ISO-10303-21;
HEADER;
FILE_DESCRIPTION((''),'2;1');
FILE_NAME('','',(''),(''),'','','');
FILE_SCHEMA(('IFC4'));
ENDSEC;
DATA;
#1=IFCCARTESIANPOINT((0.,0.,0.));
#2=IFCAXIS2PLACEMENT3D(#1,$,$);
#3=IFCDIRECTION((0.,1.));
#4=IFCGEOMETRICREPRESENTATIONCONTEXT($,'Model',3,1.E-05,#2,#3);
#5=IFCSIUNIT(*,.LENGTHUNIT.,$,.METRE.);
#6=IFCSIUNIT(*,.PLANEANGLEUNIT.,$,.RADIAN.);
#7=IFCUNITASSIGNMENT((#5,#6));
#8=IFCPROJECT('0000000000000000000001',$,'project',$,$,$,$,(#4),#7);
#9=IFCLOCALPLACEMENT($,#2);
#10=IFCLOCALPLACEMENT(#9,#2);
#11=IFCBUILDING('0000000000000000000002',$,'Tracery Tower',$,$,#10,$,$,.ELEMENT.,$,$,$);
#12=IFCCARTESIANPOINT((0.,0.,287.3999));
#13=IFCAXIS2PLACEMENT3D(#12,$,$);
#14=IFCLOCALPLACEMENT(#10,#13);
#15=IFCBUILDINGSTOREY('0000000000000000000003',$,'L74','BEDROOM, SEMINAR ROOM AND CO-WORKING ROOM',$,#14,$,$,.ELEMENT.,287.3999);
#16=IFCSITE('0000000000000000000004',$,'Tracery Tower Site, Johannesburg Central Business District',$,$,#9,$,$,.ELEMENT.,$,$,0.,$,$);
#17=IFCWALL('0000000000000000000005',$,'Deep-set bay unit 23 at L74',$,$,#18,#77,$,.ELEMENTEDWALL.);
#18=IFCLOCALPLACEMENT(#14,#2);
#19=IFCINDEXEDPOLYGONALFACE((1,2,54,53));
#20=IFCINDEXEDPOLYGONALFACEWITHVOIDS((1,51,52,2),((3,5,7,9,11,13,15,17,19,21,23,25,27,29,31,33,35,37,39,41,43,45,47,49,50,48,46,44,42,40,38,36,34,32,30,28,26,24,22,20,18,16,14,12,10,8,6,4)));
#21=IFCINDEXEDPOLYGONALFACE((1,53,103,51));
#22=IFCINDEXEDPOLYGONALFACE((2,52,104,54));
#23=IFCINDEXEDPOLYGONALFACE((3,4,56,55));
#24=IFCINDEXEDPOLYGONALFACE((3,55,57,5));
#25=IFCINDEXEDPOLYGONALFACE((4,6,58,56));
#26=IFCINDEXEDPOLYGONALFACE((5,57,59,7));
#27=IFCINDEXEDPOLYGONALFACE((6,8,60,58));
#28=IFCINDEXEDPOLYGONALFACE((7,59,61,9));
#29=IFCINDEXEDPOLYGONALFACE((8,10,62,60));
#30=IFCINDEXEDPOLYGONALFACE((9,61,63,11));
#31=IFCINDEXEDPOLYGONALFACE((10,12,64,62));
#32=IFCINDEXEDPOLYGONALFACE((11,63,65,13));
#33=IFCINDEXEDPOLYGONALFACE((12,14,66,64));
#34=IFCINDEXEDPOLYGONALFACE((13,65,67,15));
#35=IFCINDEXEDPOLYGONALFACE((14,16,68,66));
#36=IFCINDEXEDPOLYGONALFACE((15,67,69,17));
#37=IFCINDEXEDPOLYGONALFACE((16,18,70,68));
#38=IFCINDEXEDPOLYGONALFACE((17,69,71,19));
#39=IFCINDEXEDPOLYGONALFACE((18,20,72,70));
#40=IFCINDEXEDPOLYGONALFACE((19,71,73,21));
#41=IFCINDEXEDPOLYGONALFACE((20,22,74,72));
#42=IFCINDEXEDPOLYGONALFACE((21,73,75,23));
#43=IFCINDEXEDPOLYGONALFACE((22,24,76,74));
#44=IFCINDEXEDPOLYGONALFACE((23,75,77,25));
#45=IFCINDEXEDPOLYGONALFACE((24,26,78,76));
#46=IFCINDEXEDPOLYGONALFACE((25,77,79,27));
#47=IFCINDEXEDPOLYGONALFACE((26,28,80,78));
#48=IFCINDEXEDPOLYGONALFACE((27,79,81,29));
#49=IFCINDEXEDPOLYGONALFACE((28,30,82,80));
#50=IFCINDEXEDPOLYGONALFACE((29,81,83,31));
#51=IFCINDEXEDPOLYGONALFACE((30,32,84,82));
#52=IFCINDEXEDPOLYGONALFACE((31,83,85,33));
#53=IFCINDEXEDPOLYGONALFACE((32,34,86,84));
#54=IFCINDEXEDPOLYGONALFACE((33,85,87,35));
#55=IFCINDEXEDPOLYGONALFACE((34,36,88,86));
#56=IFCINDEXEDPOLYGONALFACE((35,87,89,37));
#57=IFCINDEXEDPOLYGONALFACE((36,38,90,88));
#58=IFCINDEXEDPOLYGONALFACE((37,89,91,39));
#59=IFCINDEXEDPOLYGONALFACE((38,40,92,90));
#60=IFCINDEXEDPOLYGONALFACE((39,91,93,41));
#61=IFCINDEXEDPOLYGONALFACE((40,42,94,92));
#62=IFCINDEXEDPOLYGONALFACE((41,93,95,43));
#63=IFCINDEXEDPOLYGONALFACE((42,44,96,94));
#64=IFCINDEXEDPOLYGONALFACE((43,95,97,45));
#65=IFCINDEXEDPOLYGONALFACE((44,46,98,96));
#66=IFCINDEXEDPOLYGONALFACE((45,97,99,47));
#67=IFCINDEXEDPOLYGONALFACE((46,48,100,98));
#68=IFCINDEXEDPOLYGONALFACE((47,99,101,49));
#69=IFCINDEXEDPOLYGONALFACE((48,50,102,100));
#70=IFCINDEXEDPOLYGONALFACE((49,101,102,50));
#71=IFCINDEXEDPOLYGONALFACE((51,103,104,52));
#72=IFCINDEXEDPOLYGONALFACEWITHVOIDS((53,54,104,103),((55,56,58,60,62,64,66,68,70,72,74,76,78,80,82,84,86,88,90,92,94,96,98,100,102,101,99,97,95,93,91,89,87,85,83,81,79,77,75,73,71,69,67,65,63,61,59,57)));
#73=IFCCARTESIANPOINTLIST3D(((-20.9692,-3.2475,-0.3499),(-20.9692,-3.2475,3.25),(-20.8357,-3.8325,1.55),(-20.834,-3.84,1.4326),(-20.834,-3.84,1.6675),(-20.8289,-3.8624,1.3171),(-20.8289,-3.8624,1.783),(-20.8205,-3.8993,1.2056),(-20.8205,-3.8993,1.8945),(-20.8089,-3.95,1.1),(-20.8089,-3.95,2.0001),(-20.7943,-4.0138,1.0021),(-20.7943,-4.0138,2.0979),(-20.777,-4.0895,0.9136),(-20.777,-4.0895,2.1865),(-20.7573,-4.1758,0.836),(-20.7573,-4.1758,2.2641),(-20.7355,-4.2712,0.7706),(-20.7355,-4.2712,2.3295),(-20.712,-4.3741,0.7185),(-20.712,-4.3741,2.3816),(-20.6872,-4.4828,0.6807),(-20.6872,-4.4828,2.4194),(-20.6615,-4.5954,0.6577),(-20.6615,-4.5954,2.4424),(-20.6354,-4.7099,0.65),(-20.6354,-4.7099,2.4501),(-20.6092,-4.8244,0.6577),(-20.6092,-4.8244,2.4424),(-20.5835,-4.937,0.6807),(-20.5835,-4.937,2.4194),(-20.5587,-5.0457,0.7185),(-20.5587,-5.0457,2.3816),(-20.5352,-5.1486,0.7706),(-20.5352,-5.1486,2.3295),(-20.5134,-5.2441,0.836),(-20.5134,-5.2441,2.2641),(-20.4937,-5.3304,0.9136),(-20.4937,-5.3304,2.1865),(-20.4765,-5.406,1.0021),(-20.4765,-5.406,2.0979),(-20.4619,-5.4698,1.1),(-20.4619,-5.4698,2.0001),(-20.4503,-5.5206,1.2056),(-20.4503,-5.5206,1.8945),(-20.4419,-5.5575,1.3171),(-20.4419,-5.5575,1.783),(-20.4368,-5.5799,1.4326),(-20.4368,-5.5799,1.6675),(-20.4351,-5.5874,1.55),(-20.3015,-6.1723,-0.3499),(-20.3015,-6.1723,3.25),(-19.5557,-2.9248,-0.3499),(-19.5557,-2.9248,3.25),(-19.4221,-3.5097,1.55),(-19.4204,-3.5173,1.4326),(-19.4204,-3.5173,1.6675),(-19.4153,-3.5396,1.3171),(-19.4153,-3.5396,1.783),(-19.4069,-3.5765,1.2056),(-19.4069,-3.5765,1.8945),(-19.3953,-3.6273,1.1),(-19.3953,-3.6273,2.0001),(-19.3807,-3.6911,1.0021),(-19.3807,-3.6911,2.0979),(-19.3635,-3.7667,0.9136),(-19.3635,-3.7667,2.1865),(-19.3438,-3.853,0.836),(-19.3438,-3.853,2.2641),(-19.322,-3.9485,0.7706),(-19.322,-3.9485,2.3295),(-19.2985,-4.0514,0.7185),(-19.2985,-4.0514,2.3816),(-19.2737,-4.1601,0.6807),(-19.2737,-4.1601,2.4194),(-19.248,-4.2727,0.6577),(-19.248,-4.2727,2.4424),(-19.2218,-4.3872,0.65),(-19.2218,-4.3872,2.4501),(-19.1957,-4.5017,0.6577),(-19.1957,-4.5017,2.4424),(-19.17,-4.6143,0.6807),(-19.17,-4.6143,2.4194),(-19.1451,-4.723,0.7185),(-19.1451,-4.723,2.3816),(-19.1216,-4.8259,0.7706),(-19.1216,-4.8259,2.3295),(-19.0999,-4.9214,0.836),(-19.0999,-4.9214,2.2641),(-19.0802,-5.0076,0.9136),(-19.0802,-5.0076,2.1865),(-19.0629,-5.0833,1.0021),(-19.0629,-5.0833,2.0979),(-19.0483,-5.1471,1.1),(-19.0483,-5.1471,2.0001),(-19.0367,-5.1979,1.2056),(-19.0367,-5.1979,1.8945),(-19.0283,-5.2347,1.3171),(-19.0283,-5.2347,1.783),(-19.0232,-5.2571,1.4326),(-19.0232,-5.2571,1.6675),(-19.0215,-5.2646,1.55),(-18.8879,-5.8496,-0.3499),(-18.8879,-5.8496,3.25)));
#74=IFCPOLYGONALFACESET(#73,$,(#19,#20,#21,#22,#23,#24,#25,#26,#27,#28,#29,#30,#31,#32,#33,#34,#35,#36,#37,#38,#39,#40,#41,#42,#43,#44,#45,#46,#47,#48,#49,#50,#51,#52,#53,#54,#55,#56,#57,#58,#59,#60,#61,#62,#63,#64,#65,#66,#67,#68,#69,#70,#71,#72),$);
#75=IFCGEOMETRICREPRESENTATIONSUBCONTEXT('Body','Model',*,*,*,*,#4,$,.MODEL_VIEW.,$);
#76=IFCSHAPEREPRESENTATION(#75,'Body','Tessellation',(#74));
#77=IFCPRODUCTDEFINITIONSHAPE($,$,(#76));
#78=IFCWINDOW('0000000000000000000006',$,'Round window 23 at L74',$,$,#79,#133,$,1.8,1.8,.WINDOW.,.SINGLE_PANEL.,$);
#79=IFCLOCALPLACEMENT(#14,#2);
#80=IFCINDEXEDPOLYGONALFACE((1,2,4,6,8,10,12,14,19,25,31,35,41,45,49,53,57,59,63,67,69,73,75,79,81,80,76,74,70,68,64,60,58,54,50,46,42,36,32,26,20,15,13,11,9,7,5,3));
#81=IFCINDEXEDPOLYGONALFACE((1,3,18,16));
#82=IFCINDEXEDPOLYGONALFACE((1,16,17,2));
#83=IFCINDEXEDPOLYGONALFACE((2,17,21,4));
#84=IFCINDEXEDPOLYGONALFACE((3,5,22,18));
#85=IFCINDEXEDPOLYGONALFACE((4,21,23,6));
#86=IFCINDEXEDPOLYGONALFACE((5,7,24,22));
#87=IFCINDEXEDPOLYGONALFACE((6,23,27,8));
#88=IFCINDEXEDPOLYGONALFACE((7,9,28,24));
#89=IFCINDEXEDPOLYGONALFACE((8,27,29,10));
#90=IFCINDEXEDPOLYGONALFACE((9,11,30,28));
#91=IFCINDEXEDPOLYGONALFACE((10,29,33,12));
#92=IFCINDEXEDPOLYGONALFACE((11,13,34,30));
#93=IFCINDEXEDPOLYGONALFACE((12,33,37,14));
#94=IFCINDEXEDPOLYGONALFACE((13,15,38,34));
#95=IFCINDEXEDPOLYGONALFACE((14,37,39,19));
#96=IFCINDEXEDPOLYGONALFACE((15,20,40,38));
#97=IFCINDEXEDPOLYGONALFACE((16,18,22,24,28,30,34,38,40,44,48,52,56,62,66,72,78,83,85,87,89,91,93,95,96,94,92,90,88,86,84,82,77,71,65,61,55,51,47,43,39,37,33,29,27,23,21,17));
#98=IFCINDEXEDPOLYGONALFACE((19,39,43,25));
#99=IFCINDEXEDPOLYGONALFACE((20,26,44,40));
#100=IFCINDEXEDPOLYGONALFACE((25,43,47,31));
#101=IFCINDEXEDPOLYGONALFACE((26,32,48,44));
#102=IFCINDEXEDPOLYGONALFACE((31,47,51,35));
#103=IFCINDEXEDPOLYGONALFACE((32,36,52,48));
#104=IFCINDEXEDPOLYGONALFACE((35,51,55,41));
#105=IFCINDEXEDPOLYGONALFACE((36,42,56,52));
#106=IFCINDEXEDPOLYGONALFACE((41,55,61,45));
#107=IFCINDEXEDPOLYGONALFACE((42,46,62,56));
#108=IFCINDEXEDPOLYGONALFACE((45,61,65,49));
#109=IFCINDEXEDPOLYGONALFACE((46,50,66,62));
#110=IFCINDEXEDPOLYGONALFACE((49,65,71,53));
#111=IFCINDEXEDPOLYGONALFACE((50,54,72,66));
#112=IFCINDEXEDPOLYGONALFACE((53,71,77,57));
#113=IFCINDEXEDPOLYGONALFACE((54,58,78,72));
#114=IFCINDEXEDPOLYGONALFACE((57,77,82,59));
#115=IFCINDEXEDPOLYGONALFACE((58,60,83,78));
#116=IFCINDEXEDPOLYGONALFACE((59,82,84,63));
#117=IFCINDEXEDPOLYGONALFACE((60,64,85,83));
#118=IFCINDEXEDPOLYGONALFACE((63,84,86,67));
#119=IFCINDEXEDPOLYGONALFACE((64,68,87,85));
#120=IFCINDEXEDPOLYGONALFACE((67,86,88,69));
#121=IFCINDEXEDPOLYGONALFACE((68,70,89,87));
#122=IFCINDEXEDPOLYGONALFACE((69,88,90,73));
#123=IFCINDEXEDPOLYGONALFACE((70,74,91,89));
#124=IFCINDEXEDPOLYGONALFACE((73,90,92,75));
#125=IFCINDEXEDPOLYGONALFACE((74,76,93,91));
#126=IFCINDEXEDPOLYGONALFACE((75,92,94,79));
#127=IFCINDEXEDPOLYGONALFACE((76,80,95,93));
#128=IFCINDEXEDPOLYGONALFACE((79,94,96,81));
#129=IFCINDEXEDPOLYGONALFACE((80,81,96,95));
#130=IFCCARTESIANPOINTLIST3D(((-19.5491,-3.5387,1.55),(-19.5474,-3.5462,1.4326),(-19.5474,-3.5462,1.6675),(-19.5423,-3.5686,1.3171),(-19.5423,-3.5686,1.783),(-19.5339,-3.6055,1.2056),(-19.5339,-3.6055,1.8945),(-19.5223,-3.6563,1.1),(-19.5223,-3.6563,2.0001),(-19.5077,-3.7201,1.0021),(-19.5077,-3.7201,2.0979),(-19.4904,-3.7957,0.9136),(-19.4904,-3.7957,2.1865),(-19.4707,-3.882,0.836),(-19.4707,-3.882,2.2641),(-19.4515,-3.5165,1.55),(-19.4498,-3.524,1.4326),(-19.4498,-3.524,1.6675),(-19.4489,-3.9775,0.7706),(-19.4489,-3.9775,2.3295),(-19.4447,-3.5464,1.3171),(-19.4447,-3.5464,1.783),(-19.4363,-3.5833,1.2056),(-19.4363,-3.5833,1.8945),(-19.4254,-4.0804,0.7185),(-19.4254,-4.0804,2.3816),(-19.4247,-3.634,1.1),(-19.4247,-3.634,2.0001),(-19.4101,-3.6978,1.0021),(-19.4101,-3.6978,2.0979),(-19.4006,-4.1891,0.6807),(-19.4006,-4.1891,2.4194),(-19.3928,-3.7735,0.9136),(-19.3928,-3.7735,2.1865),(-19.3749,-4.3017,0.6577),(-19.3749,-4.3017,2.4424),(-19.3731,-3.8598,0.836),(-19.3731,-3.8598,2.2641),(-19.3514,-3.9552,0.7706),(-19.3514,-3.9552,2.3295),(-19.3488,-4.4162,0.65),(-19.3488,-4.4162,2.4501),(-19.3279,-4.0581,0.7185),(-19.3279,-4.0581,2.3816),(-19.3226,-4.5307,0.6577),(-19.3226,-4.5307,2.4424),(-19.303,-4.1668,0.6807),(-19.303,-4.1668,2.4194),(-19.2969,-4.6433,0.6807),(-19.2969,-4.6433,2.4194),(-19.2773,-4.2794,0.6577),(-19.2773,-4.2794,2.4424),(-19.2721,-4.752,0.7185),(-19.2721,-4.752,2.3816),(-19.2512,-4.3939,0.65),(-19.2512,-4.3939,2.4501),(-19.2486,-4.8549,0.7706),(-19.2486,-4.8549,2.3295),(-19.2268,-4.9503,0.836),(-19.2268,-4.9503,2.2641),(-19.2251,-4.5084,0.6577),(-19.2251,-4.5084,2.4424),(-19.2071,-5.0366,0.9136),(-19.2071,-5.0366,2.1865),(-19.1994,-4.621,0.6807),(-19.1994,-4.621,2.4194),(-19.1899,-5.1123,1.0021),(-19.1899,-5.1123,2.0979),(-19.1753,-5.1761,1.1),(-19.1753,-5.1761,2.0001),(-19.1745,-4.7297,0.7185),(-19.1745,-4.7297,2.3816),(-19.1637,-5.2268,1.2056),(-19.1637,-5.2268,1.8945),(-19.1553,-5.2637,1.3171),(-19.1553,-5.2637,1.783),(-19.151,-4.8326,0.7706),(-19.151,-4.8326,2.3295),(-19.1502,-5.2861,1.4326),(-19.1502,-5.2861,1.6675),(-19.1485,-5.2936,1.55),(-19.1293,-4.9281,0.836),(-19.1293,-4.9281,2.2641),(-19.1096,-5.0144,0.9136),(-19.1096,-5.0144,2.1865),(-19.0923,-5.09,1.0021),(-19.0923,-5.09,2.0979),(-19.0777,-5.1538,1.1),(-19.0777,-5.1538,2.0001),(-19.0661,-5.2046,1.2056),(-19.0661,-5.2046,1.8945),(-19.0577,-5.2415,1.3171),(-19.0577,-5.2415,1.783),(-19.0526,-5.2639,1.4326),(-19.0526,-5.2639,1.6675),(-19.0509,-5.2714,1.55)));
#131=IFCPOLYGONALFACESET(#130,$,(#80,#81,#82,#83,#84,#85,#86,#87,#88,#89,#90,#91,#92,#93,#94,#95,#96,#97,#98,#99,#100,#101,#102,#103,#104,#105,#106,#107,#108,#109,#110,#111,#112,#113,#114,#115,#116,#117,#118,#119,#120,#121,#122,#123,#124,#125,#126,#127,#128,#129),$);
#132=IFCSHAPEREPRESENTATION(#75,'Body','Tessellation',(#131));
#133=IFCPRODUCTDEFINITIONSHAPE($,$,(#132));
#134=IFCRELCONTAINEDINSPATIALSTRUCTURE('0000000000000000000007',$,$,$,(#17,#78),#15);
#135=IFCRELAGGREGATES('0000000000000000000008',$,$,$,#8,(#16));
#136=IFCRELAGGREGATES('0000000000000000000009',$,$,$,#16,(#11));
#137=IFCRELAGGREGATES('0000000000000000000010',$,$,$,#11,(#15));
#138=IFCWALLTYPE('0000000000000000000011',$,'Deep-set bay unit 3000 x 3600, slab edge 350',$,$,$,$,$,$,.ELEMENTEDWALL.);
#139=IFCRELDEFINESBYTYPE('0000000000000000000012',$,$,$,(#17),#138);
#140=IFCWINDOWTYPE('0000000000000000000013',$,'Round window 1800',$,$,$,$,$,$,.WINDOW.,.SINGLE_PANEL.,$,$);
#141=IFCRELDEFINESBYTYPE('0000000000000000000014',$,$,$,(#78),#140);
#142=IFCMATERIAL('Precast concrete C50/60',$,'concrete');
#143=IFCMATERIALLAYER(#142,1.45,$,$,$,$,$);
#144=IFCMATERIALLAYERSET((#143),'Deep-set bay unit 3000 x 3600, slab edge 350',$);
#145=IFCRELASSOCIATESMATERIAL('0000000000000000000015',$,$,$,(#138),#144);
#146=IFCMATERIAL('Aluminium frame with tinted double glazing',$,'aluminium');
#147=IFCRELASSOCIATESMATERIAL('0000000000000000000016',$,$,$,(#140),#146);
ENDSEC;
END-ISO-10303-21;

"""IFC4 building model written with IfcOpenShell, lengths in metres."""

from ifc_helpers import new_model, si_unit, direction, frame, frame_2d, origin, origin_2d, place, context, subcontext, project, spatial, rectangle, circle, extrude, material, layer, layer_set, type_object, element, fill, save


model = new_model("IFC4")

# Units and contexts
model_context = context("Model", 3, precision=1e-05, world=origin(), true_north=direction((0.0, 1.0)))
body_context = subcontext(model_context, "Body", "Model", "MODEL_VIEW")
ifc_project = project(units=[si_unit("LENGTHUNIT", "METRE"), si_unit("PLANEANGLEUNIT", "RADIAN")], contexts=[model_context])

# Site, building, storey
site_placement = place(None, origin())
site = spatial("IfcSite", under=ifc_project, at=site_placement, Name="Tracery Tower Site, Johannesburg Central Business District", CompositionType="ELEMENT", RefElevation=0.0)
building_placement = place(site_placement, origin())
building = spatial("IfcBuilding", under=site, at=building_placement, Name="Tracery Tower", CompositionType="ELEMENT")
storey_placement = place(building_placement, frame((0.0, 0.0, 287.3999)))
storey = spatial("IfcBuildingStorey", under=building, at=storey_placement, Name="L74", Description="BEDROOM, SEMINAR ROOM AND CO-WORKING ROOM", CompositionType="ELEMENT", Elevation=287.3999)

# Wall, opening, window
ifc_material_1 = material(Name="Precast concrete C50/60", Category="concrete")
ifc_layer_1 = layer(ifc_material_1, 1.45)
ifc_layer_set_1 = layer_set([ifc_layer_1], Name="Deep-set bay unit 3000 x 3600, slab edge 350")
wall_type_1 = type_object("IfcWallType", Name="Deep-set bay unit 3000 x 3600, slab edge 350", PredefinedType="ELEMENTEDWALL", material=ifc_layer_set_1)
wall_1_placement = place(storey_placement, frame((-20.2625, -3.0862, -0.3499), z_axis=(0.0, 0.0, 1.0), x_axis=(0.222571, -0.974917, 0.0)))
wall_1 = element("IfcWall", 1, at=wall_1_placement, inside=storey, type_object=wall_type_1, Name="Deep-set bay unit 23 at L74", PredefinedType="ELEMENTEDWALL", context=body_context, shape_type="SweptSolid", body=[
    extrude(rectangle(XDim=3.0, YDim=1.45, at=frame_2d((1.5, 0.0))), origin(), (0.0, 0.0, 1.0), 3.5999),
])
opening_1_placement = place(wall_1_placement, frame((1.5, 0.0, 1.8999)))
opening_1 = element("IfcOpeningElement", 2, at=opening_1_placement, cuts=wall_1, PredefinedType="OPENING", context=body_context, shape_type="SweptSolid", body=[
    extrude(circle(Radius=0.9, at=origin_2d()), frame((0.0, 0.7349, 0.0), z_axis=(0.0, -1.0, 0.0), x_axis=(1.0, 0.0, 0.0)), (0.0, 0.0, 1.0), 1.47),
])
ifc_material_2 = material(Name="Aluminium frame with tinted double glazing", Category="aluminium")
window_type = type_object("IfcWindowType", Name="Round window 1800", PartitioningType="SINGLE_PANEL", PredefinedType="WINDOW", material=ifc_material_2)
window_1_placement = place(opening_1_placement, origin())
window_1 = element("IfcWindow", 3, at=window_1_placement, inside=storey, type_object=window_type, Name="Round window 23 at L74", OverallHeight=1.8, OverallWidth=1.8, PartitioningType="SINGLE_PANEL", PredefinedType="WINDOW", context=body_context, shape_type="SweptSolid", body=[
    extrude(circle(Radius=0.9, at=origin_2d()), frame((0.0, 0.6948, 0.0), z_axis=(0.0, -1.0, 0.0), x_axis=(1.0, 0.0, 0.0)), (0.0, 0.0, 1.0), 0.1001),
])
fill(opening_1, window_1)

save(model, "model.ifc")
